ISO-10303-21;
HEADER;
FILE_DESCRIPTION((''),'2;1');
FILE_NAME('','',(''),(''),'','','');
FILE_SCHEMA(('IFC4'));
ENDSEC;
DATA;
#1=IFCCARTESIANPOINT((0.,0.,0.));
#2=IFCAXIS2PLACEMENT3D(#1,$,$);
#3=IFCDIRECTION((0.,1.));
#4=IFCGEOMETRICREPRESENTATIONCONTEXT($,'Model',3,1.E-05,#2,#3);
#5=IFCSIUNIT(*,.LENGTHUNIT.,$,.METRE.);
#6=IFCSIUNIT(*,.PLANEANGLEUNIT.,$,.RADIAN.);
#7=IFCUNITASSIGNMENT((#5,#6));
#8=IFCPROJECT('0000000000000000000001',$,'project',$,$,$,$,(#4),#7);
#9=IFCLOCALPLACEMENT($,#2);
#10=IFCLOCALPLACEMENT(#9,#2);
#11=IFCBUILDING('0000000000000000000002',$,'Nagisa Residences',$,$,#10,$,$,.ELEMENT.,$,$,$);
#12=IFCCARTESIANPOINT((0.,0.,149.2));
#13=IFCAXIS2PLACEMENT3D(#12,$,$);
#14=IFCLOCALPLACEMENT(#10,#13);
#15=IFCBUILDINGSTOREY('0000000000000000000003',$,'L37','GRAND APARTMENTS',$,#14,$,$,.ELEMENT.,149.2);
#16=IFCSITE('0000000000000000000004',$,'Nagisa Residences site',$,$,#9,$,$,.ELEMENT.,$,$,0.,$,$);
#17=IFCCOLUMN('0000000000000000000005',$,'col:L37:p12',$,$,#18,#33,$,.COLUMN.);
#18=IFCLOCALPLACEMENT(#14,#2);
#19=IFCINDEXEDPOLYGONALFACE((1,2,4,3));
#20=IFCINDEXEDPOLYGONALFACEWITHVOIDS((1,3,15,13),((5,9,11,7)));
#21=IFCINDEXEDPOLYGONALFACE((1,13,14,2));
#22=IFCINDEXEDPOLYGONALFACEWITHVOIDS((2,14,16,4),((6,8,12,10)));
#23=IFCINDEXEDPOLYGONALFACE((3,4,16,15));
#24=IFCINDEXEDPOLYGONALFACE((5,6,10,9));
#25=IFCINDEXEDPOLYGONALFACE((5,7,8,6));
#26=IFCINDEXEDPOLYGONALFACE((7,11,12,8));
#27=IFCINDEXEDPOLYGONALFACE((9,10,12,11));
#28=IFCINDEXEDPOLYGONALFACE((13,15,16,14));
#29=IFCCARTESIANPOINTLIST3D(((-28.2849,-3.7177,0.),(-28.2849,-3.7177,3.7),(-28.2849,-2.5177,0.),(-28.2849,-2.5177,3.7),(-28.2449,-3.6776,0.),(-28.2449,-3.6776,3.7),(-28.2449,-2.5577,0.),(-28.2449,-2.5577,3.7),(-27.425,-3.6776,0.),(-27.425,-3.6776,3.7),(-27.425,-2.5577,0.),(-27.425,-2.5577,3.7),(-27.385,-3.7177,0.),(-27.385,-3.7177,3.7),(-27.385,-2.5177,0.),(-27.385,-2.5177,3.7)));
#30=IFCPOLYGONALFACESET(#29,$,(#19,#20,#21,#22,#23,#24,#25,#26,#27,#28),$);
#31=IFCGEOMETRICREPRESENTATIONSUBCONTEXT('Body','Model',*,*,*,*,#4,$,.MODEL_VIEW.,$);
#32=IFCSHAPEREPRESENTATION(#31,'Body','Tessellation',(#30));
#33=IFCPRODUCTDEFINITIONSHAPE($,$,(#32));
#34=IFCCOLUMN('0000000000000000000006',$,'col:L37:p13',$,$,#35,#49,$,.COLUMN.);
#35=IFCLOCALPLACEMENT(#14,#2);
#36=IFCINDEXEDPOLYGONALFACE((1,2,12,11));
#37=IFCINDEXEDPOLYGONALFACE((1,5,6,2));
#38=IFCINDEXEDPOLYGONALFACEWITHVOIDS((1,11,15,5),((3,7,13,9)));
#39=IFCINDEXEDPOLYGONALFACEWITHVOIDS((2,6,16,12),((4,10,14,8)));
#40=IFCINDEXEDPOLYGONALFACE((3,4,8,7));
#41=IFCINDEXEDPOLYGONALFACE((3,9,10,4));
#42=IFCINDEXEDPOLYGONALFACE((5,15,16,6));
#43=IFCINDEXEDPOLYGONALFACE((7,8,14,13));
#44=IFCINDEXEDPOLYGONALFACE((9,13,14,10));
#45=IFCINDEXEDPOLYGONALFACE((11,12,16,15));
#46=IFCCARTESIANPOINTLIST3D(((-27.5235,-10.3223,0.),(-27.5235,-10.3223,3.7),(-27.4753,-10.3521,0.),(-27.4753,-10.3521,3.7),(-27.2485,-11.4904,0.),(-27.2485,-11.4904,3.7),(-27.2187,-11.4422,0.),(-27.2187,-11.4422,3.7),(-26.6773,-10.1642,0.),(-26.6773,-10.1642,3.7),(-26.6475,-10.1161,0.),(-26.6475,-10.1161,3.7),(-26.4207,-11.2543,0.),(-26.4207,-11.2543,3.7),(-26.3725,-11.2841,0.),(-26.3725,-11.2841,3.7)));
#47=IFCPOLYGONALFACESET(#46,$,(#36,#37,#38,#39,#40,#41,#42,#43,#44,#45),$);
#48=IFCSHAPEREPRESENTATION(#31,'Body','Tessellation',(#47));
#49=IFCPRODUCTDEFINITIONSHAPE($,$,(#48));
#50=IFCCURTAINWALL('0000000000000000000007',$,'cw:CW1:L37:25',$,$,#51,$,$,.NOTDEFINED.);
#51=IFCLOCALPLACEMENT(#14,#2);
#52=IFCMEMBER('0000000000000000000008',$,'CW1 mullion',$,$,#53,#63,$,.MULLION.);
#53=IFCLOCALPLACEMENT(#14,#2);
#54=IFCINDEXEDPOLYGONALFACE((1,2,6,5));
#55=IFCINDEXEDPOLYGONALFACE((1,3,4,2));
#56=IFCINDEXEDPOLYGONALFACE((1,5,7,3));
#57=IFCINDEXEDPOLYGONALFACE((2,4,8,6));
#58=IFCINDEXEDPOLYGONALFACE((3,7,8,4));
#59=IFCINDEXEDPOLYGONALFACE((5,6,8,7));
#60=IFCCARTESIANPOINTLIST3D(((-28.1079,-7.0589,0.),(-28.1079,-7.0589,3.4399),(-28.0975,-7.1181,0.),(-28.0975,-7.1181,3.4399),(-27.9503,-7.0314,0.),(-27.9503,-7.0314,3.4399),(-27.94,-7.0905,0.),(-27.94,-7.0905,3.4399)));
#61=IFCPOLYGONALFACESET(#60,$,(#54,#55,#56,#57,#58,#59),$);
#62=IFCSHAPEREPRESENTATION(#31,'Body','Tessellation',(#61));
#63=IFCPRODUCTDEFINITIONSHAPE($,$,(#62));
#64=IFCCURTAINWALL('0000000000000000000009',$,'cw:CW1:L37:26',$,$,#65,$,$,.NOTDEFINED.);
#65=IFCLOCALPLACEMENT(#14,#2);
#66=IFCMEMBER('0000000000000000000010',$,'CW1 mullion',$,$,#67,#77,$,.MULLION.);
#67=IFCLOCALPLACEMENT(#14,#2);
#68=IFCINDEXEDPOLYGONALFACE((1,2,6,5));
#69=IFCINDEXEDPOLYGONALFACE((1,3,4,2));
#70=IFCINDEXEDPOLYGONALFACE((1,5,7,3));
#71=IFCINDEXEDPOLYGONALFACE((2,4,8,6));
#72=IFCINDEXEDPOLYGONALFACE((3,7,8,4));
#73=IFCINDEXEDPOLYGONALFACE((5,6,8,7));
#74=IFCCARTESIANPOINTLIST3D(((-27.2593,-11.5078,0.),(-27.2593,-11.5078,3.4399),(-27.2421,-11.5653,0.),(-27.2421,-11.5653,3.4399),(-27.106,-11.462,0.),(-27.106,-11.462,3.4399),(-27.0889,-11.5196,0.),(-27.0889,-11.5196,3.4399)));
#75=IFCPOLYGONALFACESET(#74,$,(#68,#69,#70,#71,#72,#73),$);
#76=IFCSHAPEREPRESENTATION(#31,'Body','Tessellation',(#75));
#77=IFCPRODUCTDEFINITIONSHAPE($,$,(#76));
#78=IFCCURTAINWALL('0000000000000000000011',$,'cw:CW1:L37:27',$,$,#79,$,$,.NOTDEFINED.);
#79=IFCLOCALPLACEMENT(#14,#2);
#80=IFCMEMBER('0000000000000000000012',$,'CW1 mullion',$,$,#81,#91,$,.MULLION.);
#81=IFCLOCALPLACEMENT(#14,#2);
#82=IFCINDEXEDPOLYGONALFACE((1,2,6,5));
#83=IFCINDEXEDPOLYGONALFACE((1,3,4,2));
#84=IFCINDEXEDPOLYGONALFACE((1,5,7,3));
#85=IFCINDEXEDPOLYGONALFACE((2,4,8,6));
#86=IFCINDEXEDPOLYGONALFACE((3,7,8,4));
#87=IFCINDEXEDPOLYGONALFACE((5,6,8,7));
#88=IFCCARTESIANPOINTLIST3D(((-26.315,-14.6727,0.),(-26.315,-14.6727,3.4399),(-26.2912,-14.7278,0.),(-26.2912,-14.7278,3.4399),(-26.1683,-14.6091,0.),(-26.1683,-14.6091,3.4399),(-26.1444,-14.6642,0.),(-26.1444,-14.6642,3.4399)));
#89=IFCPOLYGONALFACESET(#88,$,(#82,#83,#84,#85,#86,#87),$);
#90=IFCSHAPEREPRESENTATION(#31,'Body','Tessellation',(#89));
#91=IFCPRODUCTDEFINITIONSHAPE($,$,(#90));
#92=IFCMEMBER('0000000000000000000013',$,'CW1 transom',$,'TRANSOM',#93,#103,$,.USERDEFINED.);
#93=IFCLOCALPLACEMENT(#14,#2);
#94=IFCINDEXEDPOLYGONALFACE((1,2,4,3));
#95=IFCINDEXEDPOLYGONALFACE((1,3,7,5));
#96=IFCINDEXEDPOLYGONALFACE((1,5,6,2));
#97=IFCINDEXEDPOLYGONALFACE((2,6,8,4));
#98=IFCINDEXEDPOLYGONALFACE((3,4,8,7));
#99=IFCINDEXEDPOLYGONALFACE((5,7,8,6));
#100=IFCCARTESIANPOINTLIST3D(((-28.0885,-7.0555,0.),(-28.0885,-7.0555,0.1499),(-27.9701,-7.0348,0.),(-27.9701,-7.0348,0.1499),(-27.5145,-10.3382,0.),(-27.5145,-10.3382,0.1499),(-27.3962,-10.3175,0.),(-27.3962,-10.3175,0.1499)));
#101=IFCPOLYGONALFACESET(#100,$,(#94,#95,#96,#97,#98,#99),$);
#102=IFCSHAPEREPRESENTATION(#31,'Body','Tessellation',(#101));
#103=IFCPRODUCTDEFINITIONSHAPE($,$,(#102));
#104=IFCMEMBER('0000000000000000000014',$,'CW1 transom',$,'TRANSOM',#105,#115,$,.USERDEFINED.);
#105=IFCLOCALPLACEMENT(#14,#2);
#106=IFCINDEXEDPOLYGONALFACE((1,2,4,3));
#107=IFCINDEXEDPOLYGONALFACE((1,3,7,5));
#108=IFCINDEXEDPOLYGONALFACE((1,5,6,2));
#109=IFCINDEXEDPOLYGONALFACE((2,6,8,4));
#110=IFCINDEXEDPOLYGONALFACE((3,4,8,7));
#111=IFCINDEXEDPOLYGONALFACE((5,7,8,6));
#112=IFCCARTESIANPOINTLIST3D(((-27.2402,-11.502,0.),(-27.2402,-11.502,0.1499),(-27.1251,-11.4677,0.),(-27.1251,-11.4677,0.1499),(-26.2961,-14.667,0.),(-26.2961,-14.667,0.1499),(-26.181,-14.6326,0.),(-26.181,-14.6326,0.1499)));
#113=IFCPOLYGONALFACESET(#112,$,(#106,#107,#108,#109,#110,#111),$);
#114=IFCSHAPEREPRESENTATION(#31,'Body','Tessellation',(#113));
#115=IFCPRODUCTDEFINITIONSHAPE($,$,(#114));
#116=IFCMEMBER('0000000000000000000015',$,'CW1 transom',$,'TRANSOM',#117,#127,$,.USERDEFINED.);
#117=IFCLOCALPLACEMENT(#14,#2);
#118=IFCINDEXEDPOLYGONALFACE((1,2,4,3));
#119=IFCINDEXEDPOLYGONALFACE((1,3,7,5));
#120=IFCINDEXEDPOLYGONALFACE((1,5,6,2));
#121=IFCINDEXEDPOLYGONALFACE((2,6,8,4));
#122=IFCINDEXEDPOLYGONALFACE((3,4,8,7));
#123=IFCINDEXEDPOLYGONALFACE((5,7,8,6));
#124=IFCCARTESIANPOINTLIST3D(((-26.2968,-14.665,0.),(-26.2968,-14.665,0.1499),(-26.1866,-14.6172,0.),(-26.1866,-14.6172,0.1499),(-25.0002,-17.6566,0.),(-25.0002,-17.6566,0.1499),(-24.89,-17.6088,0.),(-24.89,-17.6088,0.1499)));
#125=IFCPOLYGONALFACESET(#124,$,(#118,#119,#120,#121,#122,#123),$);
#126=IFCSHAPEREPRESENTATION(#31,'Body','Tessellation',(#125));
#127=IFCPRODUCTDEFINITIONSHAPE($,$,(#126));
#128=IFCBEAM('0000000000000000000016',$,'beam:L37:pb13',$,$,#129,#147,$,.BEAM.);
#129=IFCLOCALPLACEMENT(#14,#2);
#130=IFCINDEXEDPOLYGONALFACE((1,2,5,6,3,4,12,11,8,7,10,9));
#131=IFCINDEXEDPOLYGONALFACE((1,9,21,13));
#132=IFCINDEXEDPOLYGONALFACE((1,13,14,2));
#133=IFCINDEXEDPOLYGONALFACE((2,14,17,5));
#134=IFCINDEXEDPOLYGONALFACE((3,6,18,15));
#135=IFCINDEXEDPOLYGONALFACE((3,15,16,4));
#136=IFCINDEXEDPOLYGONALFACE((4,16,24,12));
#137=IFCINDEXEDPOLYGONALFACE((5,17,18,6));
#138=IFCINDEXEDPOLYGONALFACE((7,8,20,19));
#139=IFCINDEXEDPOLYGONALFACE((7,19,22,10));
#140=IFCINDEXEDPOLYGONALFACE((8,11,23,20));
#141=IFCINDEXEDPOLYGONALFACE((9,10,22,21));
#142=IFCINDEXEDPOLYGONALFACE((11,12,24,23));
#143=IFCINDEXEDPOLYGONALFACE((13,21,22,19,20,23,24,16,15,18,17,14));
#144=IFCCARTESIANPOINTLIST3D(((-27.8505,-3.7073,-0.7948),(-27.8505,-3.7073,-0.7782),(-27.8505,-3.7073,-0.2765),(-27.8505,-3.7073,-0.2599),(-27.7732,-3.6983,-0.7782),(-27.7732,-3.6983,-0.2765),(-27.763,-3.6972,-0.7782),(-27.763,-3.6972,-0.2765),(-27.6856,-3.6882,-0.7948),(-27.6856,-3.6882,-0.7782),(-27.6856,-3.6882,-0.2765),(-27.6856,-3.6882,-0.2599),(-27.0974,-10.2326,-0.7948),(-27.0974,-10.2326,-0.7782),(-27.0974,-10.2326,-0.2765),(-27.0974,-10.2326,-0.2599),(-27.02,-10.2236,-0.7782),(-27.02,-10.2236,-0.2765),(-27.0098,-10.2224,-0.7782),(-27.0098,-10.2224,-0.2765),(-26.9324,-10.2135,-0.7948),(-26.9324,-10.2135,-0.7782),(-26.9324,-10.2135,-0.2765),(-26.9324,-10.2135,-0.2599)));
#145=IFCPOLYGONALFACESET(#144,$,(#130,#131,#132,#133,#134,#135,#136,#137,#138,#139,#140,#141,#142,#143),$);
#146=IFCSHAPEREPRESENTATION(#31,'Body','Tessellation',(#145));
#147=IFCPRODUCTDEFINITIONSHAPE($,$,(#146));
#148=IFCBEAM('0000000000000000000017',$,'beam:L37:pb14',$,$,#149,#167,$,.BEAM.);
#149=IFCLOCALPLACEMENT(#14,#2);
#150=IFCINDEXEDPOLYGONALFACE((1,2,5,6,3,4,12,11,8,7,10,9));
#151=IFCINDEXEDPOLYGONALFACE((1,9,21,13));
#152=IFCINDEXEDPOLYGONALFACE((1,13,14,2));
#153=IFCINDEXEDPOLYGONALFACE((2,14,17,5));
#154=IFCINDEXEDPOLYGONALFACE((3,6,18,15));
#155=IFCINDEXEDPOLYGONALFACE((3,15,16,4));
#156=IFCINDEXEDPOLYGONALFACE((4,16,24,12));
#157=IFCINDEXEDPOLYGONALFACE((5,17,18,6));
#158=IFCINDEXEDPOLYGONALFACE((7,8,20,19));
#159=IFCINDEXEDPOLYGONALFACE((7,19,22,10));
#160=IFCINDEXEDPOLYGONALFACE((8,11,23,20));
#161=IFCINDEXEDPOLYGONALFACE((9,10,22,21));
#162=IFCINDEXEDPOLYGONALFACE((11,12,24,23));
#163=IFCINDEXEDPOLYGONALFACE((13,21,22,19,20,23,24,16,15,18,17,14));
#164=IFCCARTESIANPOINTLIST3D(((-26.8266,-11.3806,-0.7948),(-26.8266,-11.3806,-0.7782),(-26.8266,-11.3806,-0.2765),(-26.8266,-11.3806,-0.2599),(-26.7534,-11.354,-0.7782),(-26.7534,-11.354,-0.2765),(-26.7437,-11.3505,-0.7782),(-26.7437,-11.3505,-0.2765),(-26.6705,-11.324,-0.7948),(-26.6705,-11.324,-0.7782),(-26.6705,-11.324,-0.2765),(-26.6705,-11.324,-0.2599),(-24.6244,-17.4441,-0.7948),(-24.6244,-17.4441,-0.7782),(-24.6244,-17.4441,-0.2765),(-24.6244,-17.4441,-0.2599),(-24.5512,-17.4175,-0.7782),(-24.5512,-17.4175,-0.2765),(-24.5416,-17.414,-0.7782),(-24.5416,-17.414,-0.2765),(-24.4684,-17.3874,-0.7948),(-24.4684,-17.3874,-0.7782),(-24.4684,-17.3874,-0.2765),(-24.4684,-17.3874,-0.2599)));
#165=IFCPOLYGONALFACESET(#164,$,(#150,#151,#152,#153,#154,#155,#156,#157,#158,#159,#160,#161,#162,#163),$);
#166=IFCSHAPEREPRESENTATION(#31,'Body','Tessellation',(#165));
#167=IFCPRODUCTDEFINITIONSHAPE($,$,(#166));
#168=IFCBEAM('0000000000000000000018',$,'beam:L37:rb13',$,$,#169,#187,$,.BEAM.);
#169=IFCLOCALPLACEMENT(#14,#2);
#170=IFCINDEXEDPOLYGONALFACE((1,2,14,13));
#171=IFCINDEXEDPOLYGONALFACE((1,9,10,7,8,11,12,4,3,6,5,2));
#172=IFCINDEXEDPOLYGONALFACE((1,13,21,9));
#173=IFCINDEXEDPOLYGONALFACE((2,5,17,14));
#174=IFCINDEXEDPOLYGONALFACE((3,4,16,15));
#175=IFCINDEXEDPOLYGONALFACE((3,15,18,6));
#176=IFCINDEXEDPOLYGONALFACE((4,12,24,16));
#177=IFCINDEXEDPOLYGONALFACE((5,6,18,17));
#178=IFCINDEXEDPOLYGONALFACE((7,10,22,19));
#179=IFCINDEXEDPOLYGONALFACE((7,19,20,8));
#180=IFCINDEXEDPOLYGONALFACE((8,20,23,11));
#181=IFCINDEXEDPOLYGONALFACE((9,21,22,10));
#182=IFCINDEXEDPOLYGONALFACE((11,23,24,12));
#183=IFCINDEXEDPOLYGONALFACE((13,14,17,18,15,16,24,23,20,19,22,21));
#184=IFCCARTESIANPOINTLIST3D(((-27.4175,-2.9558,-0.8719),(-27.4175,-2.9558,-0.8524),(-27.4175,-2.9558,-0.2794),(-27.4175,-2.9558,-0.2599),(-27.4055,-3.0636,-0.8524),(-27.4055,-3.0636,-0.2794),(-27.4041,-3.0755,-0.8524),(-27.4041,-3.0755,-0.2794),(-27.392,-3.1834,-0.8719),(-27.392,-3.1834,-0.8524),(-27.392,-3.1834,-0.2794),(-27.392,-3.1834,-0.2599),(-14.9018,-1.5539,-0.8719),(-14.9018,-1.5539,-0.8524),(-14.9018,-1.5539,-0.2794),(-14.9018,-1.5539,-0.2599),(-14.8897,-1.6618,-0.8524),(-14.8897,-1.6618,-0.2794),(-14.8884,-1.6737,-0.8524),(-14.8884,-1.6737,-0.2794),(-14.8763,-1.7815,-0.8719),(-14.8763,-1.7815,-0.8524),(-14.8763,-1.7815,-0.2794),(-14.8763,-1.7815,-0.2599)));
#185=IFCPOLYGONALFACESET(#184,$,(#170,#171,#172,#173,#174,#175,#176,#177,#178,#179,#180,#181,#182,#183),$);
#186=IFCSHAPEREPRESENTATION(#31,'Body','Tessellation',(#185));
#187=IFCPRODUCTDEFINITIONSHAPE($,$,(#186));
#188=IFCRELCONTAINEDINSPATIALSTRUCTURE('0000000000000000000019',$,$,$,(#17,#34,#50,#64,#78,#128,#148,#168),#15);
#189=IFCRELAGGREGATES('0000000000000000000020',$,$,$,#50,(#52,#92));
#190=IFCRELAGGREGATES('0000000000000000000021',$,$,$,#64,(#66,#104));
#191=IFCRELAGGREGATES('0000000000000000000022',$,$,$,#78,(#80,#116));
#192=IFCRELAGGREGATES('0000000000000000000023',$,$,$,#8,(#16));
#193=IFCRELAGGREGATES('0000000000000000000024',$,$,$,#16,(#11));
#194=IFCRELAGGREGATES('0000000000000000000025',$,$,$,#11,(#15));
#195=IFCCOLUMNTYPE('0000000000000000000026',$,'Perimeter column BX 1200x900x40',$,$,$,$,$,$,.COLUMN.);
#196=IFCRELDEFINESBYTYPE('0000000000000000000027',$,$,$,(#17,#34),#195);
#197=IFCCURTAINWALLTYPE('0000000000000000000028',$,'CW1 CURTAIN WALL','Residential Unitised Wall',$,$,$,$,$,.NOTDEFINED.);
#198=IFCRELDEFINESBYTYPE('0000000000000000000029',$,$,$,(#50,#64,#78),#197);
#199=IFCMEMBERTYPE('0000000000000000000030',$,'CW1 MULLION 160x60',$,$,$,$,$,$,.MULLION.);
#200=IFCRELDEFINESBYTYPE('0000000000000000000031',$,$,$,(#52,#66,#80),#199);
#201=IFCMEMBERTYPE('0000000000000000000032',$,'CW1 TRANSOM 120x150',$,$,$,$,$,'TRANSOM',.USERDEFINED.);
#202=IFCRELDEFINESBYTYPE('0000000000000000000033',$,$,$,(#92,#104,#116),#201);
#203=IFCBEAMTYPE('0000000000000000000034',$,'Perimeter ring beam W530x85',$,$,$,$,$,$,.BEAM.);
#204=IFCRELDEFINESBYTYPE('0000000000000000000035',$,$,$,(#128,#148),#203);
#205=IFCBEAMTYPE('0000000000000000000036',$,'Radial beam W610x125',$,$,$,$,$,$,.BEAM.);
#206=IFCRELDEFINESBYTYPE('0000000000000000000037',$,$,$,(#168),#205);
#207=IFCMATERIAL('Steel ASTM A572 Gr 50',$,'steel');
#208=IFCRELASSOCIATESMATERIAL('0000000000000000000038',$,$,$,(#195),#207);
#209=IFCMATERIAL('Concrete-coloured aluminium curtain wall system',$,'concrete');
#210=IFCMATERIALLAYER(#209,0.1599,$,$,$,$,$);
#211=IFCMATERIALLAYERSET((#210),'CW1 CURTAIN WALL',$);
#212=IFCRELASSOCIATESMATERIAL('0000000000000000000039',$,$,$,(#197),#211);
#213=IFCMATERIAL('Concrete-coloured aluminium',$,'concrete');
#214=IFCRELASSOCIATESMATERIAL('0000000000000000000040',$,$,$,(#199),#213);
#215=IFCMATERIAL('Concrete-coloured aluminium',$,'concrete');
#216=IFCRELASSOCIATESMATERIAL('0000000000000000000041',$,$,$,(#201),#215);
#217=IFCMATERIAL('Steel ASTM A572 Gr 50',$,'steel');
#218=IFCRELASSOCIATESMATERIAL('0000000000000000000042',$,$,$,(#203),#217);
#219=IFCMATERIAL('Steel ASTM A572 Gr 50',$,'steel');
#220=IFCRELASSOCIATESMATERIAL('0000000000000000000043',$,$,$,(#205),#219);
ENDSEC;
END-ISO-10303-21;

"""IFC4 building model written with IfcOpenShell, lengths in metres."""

from ifc_helpers import new_model, si_unit, direction, frame, origin, origin_2d, place, context, subcontext, project, spatial, rectangle, hollow_rectangle, i_section, extrude, material, layer, layer_set, material_profile, profile_set, type_object, element, aggregate, save


model = new_model("IFC4")

# Units and contexts
model_context = context("Model", 3, precision=1e-05, world=origin(), true_north=direction((0.0, 1.0)))
body_context = subcontext(model_context, "Body", "Model", "MODEL_VIEW")
ifc_project = project(units=[si_unit("LENGTHUNIT", "METRE"), si_unit("PLANEANGLEUNIT", "RADIAN")], contexts=[model_context])

# Site, building, storey
site_placement = place(None, origin())
site = spatial("IfcSite", under=ifc_project, at=site_placement, Name="Nagisa Residences site", CompositionType="ELEMENT", RefElevation=0.0)
building_placement = place(site_placement, origin())
building = spatial("IfcBuilding", under=site, at=building_placement, Name="Nagisa Residences", CompositionType="ELEMENT")
storey_placement = place(building_placement, frame((0.0, 0.0, 149.2)))
storey = spatial("IfcBuildingStorey", under=building, at=storey_placement, Name="L37", Description="GRAND APARTMENTS", CompositionType="ELEMENT", Elevation=149.2)

# Columns
ifc_material_1 = material(Name="Steel ASTM A572 Gr 50", Category="steel")
ifc_material_profile_1 = material_profile(ifc_material_1, hollow_rectangle(XDim=1.2, YDim=0.8999, WallThickness=0.04, at=origin_2d()), Name="BX 1200x900x40")
ifc_profile_set_1 = profile_set([ifc_material_profile_1], Name="Steel ASTM A572 Gr 50")
column_type = type_object("IfcColumnType", Name="Perimeter column BX 1200x900x40", PredefinedType="COLUMN", material=ifc_profile_set_1)
for number, where, z_axis, x_axis, name in (
    (1, (-27.835, -3.1177, 0.0), (0.0, 0.0, 1.0), (0.0, -1.0, 0.0), "col:L37:p12"),
    (2, (-26.948, -10.8032, 0.0), (0.0, 0.0, 1.0), (0.229202, -0.973379, 0.0), "col:L37:p13"),
):
    element("IfcColumn", number, at=place(storey_placement, frame(where, z_axis=z_axis, x_axis=x_axis)), inside=storey, type_object=column_type, Name=name, PredefinedType="COLUMN", context=body_context, shape_type="SweptSolid", body=[
        extrude(hollow_rectangle(XDim=1.2, YDim=0.8999, WallThickness=0.04, at=origin_2d()), origin(), (0.0, 0.0, 1.0), 3.7),
    ])

# Curtain walls, members
ifc_material_2 = material(Name="Concrete-coloured aluminium curtain wall system", Category="concrete")
ifc_layer_1 = layer(ifc_material_2, 0.1599)
ifc_layer_set_1 = layer_set([ifc_layer_1], Name="CW1 CURTAIN WALL")
curtain_wall_type = type_object("IfcCurtainWallType", Name="CW1 CURTAIN WALL", Description="Residential Unitised Wall", PredefinedType="NOTDEFINED", material=ifc_layer_set_1)
curtain_wall_1_placement = place(storey_placement, origin())
curtain_wall_1 = element("IfcCurtainWall", 3, at=curtain_wall_1_placement, inside=storey, type_object=curtain_wall_type, Name="cw:CW1:L37:25", PredefinedType="NOTDEFINED")
ifc_material_3 = material(Name="Concrete-coloured aluminium", Category="concrete")
ifc_material_profile_2 = material_profile(ifc_material_3, rectangle(XDim=0.1599, YDim=0.0601, at=origin_2d()), Name="CW1 MULLION 160x60")
ifc_profile_set_2 = profile_set([ifc_material_profile_2], Name="Concrete-coloured aluminium")
member_type_1 = type_object("IfcMemberType", Name="CW1 MULLION 160x60", PredefinedType="MULLION", material=ifc_profile_set_2)
member_1_placement = place(storey_placement, frame((-28.0239, -7.0747, 0.0), z_axis=(0.0, 0.0, 1.0), x_axis=(0.985064, 0.172191, 0.0)))
member_1 = element("IfcMember", 4, at=member_1_placement, type_object=member_type_1, Name="CW1 mullion", PredefinedType="MULLION", context=body_context, shape_type="SweptSolid", body=[
    extrude(rectangle(XDim=0.1599, YDim=0.0601, at=origin_2d()), origin(), (0.0, 0.0, 1.0), 3.4399),
])
curtain_wall_2_placement = place(storey_placement, origin())
curtain_wall_2 = element("IfcCurtainWall", 5, at=curtain_wall_2_placement, inside=storey, type_object=curtain_wall_type, Name="cw:CW1:L37:26", PredefinedType="NOTDEFINED")
member_2_placement = place(storey_placement, frame((-27.1741, -11.5137, 0.0), z_axis=(0.0, 0.0, 1.0), x_axis=(0.958271, 0.28586, 0.0)))
member_2 = element("IfcMember", 6, at=member_2_placement, type_object=member_type_1, Name="CW1 mullion", PredefinedType="MULLION", context=body_context, shape_type="SweptSolid", body=[
    extrude(rectangle(XDim=0.1599, YDim=0.0601, at=origin_2d()), origin(), (0.0, 0.0, 1.0), 3.4399),
])
curtain_wall_3_placement = place(storey_placement, origin())
curtain_wall_3 = element("IfcCurtainWall", 7, at=curtain_wall_3_placement, inside=storey, type_object=curtain_wall_type, Name="cw:CW1:L37:27", PredefinedType="NOTDEFINED")
member_3_placement = place(storey_placement, frame((-26.2297, -14.6685, 0.0), z_axis=(0.0, 0.0, 1.0), x_axis=(0.917543, 0.397636, 0.0)))
member_3 = element("IfcMember", 8, at=member_3_placement, type_object=member_type_1, Name="CW1 mullion", PredefinedType="MULLION", context=body_context, shape_type="SweptSolid", body=[
    extrude(rectangle(XDim=0.1599, YDim=0.0601, at=origin_2d()), origin(), (0.0, 0.0, 1.0), 3.4399),
])

# Members
ifc_material_4 = material(Name="Concrete-coloured aluminium", Category="concrete")
ifc_material_profile_3 = material_profile(ifc_material_4, rectangle(XDim=0.1201, YDim=0.1499, at=origin_2d()), Name="CW1 TRANSOM 120x150")
ifc_profile_set_3 = profile_set([ifc_material_profile_3], Name="Concrete-coloured aluminium")
member_type_2 = type_object("IfcMemberType", Name="CW1 TRANSOM 120x150", ElementType="TRANSOM", PredefinedType="USERDEFINED", material=ifc_profile_set_3)
member_4_placement = place(storey_placement, frame((-28.0293, -7.0452, 0.075), z_axis=(0.172235, -0.985056, 0.0), x_axis=(0.985056, 0.172235, 0.0)))
member_4 = element("IfcMember", 9, at=member_4_placement, type_object=member_type_2, Name="CW1 transom", ObjectType="TRANSOM", PredefinedType="USERDEFINED", context=body_context, shape_type="SweptSolid", body=[
    extrude(rectangle(XDim=0.1201, YDim=0.1499, at=origin_2d()), origin(), (0.0, 0.0, 1.0), 3.3325),
])
member_5_placement = place(storey_placement, frame((-27.1826, -11.4849, 0.075), z_axis=(0.285842, -0.958277, 0.0), x_axis=(0.958277, 0.285842, 0.0)))
member_5 = element("IfcMember", 10, at=member_5_placement, type_object=member_type_2, Name="CW1 transom", ObjectType="TRANSOM", PredefinedType="USERDEFINED", context=body_context, shape_type="SweptSolid", body=[
    extrude(rectangle(XDim=0.1201, YDim=0.1499, at=origin_2d()), origin(), (0.0, 0.0, 1.0), 3.3027),
])
member_6_placement = place(storey_placement, frame((-26.2417, -14.6411, 0.075), z_axis=(0.397666, -0.91753, 0.0), x_axis=(0.91753, 0.397666, 0.0)))
member_6 = element("IfcMember", 11, at=member_6_placement, type_object=member_type_2, Name="CW1 transom", ObjectType="TRANSOM", PredefinedType="USERDEFINED", context=body_context, shape_type="SweptSolid", body=[
    extrude(rectangle(XDim=0.1201, YDim=0.1499, at=origin_2d()), origin(), (0.0, 0.0, 1.0), 3.2605),
])

# Beams
ifc_material_5 = material(Name="Steel ASTM A572 Gr 50", Category="steel")
ifc_material_profile_4 = material_profile(ifc_material_5, i_section(OverallWidth=0.166, OverallDepth=0.5349, WebThickness=0.0103, FlangeThickness=0.0166, at=origin_2d()), Name="W530x85")
ifc_profile_set_4 = profile_set([ifc_material_profile_4], Name="Steel ASTM A572 Gr 50")
beam_type_1 = type_object("IfcBeamType", Name="Perimeter ring beam W530x85", PredefinedType="BEAM", material=ifc_profile_set_4)
beam_1_placement = place(storey_placement, frame((-27.7681, -3.6978, -0.5273), z_axis=(0.114661, -0.993405, 0.0), x_axis=(0.993405, 0.114661, 0.0)))
element("IfcBeam", 12, at=beam_1_placement, inside=storey, type_object=beam_type_1, Name="beam:L37:pb13", PredefinedType="BEAM", context=body_context, shape_type="SweptSolid", body=[
    extrude(i_section(OverallWidth=0.166, OverallDepth=0.5349, WebThickness=0.0103, FlangeThickness=0.0166, at=origin_2d()), origin(), (0.0, 0.0, 1.0), 6.5686),
])
beam_2_placement = place(storey_placement, frame((-26.7485, -11.3523, -0.5273), z_axis=(0.341366, -0.93993, 0.0), x_axis=(0.93993, 0.341366, 0.0)))
element("IfcBeam", 13, at=beam_2_placement, inside=storey, type_object=beam_type_1, Name="beam:L37:pb14", PredefinedType="BEAM", context=body_context, shape_type="SweptSolid", body=[
    extrude(i_section(OverallWidth=0.166, OverallDepth=0.5349, WebThickness=0.0103, FlangeThickness=0.0166, at=origin_2d()), origin(), (0.0, 0.0, 1.0), 6.4509),
])
ifc_material_6 = material(Name="Steel ASTM A572 Gr 50", Category="steel")
ifc_material_profile_5 = material_profile(ifc_material_6, i_section(OverallWidth=0.229, OverallDepth=0.6121, WebThickness=0.012, FlangeThickness=0.0195, at=origin_2d()), Name="W610x125")
ifc_profile_set_5 = profile_set([ifc_material_profile_5], Name="Steel ASTM A572 Gr 50")
beam_type_2 = type_object("IfcBeamType", Name="Radial beam W610x125", PredefinedType="BEAM", material=ifc_profile_set_5)
beam_3_placement = place(storey_placement, frame((-27.4048, -3.0696, -0.5659), z_axis=(0.993785, 0.111312, 0.0), x_axis=(-0.111312, 0.993785, 0.0)))
element("IfcBeam", 14, at=beam_3_placement, inside=storey, type_object=beam_type_2, Name="beam:L37:rb13", PredefinedType="BEAM", context=body_context, shape_type="SweptSolid", body=[
    extrude(i_section(OverallWidth=0.229, OverallDepth=0.6121, WebThickness=0.012, FlangeThickness=0.0195, at=origin_2d()), origin(), (0.0, 0.0, 1.0), 12.594),
])

aggregate(curtain_wall_1, [member_1, member_4])
aggregate(curtain_wall_2, [member_2, member_5])
aggregate(curtain_wall_3, [member_3, member_6])

save(model, "model.ifc")
